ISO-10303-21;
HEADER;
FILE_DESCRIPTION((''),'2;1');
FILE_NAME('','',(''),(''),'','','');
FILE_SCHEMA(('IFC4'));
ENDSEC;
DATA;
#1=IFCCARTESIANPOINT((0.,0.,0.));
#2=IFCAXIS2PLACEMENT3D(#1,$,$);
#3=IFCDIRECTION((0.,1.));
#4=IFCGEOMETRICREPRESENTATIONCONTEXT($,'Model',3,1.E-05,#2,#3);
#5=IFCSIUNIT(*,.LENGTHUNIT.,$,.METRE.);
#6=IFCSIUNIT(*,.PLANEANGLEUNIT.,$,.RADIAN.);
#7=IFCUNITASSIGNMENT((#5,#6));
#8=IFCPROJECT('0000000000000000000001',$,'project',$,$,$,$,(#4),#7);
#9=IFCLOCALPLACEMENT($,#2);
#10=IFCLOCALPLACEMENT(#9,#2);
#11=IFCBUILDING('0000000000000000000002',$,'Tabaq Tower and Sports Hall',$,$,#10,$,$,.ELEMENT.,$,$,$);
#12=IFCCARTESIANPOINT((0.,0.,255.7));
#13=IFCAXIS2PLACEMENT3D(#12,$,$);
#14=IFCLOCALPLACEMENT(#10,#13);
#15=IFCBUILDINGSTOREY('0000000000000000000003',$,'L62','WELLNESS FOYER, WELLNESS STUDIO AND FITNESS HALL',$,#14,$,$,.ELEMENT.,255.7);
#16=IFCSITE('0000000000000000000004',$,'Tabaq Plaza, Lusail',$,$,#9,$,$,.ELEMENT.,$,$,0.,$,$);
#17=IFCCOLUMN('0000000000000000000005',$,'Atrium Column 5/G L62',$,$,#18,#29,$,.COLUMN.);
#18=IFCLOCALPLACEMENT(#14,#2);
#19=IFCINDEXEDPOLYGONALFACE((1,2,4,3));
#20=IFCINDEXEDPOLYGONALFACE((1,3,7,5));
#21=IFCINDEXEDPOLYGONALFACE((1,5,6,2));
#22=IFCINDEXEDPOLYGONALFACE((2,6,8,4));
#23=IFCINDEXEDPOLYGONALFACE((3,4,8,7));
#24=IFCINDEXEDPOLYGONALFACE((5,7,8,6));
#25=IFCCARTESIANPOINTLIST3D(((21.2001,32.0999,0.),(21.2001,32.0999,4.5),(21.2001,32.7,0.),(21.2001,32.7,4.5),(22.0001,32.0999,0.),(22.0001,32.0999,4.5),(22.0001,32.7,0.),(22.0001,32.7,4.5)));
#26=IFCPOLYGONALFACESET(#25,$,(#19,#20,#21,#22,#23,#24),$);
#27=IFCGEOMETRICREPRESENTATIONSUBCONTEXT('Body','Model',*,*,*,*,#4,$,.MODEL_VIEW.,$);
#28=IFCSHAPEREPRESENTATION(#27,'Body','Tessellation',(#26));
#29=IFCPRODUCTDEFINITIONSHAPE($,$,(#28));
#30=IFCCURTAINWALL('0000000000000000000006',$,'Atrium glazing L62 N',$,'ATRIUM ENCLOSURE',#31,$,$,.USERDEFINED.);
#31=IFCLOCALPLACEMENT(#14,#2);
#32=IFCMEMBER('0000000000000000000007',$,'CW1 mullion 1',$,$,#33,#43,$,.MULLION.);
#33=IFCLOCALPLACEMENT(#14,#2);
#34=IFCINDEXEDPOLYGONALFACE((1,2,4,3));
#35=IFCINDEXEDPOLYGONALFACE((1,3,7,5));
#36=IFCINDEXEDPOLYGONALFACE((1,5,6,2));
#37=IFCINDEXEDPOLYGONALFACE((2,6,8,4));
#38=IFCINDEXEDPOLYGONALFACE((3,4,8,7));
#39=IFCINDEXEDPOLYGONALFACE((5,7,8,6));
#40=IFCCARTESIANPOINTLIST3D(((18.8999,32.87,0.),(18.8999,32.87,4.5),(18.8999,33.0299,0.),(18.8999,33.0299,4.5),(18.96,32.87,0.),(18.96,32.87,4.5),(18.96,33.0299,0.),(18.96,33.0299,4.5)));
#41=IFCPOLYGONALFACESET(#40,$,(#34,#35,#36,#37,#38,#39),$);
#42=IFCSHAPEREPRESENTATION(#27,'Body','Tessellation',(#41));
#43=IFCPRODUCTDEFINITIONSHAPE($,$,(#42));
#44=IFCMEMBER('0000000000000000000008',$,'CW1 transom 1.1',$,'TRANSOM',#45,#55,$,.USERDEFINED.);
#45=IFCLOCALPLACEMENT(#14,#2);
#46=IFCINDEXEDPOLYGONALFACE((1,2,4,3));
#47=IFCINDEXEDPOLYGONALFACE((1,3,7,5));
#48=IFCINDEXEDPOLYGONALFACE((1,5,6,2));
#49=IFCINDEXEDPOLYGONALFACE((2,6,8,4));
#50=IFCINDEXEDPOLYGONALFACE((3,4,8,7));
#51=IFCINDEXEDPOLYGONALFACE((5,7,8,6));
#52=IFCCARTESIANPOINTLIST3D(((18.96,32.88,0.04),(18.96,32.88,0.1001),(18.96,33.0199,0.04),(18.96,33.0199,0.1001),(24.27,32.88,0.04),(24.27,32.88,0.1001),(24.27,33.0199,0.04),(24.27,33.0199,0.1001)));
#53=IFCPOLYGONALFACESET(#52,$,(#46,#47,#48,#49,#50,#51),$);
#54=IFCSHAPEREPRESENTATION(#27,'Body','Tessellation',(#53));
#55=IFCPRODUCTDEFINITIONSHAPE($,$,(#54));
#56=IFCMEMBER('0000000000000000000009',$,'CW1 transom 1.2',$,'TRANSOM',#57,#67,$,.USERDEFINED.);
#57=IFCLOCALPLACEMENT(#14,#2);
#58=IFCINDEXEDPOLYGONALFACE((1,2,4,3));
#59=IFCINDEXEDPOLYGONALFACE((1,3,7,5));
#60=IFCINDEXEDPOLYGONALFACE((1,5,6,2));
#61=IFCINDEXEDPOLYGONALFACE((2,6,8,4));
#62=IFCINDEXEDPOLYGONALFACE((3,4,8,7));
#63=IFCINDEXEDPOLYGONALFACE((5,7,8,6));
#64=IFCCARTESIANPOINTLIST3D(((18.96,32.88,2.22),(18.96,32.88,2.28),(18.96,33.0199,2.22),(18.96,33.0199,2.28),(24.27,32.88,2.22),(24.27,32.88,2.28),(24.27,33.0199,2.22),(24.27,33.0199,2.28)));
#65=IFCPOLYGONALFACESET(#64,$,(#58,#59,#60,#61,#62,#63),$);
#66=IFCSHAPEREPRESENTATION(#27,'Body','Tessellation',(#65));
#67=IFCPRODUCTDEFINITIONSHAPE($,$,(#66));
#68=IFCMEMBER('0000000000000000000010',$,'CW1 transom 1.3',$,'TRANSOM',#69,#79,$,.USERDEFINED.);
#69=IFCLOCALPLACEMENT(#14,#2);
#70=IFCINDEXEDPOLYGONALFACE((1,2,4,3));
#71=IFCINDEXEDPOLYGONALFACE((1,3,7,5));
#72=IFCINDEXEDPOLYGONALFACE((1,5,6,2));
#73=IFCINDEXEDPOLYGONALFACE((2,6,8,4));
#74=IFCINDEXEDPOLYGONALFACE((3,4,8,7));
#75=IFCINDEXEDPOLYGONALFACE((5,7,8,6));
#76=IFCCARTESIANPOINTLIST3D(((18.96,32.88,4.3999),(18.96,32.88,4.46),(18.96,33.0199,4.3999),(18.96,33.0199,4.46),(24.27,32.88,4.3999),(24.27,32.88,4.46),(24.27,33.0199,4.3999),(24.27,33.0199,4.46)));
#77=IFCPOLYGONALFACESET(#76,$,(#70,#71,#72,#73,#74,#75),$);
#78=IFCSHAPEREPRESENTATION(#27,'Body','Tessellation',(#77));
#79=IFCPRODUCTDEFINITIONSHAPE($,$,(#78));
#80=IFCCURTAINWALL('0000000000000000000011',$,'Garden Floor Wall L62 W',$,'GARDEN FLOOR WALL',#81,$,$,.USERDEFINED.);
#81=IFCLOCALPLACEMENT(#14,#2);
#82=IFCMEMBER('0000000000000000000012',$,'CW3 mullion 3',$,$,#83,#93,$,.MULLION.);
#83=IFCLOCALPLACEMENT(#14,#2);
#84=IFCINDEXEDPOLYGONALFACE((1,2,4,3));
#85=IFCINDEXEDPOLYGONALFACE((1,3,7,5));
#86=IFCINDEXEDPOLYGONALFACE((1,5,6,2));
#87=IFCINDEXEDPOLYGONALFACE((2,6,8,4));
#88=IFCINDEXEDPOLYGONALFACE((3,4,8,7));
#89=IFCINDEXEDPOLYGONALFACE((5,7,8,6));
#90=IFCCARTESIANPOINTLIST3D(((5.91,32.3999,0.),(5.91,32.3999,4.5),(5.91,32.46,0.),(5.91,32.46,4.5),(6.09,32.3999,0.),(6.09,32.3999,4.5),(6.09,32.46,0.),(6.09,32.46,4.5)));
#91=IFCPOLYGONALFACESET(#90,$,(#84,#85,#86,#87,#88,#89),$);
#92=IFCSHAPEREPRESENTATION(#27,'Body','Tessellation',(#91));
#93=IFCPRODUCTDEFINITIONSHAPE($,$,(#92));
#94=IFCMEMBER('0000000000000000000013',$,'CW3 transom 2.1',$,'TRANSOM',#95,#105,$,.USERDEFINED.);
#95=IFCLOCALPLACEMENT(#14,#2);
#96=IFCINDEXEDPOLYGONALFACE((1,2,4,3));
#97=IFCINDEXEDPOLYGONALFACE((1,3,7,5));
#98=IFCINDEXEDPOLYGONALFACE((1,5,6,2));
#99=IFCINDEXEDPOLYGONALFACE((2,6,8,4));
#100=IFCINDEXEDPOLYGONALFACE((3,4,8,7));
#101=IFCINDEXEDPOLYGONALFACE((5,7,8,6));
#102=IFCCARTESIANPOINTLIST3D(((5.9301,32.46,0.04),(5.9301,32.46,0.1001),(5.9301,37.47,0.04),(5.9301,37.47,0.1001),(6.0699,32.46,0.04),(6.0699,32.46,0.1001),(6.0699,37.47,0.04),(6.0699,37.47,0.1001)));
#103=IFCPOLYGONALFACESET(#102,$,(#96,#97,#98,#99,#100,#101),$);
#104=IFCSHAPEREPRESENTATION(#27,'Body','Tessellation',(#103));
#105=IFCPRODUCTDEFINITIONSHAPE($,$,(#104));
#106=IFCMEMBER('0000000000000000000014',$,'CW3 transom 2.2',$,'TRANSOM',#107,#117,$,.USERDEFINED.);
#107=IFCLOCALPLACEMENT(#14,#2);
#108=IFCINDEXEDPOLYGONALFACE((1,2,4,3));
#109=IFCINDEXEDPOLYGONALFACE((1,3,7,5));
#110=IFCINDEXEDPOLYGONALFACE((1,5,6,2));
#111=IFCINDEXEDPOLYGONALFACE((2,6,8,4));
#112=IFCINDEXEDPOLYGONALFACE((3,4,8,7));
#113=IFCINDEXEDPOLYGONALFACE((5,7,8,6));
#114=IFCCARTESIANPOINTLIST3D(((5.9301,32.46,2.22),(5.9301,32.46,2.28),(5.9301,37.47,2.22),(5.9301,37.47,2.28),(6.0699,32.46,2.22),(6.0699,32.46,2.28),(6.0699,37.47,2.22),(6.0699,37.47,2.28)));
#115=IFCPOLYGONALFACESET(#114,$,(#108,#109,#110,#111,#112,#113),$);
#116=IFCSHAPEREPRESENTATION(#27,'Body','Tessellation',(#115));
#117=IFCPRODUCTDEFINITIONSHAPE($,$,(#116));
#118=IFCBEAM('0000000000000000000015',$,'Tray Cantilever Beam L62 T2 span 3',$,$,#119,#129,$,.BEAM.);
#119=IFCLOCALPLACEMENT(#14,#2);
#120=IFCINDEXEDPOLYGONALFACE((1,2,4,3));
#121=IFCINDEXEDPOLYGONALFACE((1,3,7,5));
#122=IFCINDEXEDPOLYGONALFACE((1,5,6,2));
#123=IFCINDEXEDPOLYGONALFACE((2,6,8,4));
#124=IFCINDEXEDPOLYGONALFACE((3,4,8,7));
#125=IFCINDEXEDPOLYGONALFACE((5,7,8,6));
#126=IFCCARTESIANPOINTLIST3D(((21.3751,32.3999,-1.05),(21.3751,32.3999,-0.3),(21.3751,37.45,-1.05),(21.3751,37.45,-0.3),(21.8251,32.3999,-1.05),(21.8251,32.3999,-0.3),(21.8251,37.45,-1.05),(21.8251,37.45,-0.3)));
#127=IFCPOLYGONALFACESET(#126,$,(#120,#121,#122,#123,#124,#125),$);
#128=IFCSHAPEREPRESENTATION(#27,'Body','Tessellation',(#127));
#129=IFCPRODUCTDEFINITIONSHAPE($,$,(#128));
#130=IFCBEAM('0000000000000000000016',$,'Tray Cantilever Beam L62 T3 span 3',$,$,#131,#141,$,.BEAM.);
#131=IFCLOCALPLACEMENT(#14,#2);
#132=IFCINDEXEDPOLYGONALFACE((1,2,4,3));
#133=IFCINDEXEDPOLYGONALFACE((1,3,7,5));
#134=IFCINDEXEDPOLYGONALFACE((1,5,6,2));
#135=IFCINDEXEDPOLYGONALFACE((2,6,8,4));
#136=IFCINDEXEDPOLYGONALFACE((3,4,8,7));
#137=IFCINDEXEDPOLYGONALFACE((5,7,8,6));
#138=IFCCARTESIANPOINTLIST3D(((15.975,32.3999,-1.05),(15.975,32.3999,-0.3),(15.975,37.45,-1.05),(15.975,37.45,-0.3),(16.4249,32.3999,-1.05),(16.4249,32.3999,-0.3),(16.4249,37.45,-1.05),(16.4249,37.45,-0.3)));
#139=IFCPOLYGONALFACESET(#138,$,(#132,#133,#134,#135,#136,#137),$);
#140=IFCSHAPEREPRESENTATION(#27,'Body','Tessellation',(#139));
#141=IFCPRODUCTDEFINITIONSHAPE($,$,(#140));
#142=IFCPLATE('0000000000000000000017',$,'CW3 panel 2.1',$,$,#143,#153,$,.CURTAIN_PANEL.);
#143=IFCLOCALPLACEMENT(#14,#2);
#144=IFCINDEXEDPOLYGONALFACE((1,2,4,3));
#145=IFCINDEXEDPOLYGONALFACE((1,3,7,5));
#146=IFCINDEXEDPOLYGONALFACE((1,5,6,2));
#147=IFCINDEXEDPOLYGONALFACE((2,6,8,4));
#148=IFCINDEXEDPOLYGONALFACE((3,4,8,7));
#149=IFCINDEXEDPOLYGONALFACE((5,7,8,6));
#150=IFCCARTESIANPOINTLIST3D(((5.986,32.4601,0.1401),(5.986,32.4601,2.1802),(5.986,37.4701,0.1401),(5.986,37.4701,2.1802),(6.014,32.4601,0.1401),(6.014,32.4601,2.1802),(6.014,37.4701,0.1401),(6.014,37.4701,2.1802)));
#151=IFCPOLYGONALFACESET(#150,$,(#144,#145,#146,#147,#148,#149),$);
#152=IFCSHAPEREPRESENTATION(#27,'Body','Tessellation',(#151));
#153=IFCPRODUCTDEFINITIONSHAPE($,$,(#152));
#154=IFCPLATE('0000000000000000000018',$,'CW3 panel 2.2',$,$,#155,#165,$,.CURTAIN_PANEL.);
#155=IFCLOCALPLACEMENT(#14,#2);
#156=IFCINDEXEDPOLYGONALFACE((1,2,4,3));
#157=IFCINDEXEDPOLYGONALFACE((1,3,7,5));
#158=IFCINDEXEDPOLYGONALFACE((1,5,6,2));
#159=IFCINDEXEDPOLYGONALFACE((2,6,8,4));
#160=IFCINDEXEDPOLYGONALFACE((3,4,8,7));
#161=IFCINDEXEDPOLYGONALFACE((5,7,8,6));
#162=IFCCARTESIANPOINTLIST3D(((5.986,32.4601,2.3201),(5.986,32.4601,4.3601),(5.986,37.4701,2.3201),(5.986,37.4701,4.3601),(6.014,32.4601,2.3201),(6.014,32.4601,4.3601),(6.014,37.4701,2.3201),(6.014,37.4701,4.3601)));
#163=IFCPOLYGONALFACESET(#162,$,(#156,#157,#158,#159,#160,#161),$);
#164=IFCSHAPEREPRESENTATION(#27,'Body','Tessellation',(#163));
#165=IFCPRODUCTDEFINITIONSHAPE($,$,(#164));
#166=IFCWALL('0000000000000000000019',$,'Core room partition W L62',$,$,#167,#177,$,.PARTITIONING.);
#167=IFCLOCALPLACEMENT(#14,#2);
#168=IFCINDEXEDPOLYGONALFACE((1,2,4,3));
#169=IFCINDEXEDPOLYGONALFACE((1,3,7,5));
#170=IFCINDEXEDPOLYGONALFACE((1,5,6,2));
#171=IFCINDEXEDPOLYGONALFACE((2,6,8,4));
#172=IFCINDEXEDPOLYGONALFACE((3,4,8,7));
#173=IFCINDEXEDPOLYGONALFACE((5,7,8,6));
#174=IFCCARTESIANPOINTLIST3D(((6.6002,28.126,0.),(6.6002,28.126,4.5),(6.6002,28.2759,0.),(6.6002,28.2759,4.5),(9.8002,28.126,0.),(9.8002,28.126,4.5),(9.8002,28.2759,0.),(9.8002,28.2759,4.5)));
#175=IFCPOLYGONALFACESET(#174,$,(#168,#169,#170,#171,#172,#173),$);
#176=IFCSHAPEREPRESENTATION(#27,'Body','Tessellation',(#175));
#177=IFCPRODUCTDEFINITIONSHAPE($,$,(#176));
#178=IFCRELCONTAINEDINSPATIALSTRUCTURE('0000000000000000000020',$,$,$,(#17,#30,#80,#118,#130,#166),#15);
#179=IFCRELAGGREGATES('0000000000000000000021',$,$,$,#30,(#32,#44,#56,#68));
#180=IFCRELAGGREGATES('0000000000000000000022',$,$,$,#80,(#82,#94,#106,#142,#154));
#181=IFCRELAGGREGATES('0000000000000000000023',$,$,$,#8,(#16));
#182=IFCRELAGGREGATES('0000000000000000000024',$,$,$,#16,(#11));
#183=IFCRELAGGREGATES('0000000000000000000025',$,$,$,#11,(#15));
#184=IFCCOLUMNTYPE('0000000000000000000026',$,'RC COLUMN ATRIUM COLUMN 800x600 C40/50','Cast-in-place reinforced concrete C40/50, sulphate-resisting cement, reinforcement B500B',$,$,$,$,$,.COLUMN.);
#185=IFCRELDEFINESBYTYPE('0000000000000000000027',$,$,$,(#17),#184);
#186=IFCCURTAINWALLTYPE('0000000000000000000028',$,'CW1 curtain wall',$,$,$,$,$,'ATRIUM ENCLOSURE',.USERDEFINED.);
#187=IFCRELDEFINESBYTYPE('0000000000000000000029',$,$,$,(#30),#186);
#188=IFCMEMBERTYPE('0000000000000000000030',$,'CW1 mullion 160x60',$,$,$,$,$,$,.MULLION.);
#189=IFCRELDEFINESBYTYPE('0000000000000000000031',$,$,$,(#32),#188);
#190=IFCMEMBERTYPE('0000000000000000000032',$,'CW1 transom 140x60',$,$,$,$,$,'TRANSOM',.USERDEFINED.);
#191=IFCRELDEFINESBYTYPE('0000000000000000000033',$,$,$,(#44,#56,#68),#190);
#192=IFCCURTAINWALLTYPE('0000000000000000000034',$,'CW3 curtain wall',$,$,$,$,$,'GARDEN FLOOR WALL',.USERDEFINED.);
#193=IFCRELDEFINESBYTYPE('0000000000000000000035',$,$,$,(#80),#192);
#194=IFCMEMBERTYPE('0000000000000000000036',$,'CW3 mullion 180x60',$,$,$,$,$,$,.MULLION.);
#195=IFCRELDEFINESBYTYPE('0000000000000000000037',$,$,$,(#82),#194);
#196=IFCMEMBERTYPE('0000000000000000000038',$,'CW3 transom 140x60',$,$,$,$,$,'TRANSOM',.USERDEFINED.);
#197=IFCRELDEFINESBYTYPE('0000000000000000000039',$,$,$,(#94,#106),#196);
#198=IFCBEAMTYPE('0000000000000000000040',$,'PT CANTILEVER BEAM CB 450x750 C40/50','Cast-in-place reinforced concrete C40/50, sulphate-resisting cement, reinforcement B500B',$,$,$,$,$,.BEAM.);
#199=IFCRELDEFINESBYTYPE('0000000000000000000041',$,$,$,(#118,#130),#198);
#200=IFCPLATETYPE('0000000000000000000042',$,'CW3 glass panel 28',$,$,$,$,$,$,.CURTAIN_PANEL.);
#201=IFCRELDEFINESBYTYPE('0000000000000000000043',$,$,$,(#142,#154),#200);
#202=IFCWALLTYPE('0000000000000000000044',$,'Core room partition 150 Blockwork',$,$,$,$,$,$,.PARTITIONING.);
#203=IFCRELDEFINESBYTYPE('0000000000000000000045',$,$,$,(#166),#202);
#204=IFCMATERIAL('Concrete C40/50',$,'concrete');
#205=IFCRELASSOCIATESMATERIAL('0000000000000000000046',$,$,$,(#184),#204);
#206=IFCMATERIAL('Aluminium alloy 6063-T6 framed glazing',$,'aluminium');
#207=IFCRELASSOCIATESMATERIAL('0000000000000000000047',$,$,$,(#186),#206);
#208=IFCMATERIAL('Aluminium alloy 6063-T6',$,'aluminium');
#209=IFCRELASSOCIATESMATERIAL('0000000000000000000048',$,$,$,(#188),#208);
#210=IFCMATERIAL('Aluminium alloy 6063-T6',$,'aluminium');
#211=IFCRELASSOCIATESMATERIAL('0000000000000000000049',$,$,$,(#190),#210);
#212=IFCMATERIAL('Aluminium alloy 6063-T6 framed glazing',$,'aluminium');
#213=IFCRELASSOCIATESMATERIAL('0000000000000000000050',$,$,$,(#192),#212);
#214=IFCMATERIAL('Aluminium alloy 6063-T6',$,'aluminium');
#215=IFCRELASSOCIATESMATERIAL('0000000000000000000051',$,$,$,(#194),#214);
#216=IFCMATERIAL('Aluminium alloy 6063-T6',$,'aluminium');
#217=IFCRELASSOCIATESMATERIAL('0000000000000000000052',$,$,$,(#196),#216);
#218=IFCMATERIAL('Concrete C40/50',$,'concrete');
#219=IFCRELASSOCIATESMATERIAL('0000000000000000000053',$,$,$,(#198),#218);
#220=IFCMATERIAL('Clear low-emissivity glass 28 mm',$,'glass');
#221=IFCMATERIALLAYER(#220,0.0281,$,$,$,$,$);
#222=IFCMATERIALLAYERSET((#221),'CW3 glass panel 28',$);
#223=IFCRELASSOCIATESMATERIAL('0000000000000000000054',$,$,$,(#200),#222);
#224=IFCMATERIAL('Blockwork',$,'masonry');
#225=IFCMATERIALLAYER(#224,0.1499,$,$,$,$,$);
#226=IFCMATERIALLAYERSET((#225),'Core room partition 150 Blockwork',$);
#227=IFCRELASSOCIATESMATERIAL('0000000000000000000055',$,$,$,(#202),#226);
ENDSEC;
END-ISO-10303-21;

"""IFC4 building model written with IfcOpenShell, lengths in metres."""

from ifc_helpers import new_model, si_unit, direction, frame, frame_2d, origin, origin_2d, place, context, subcontext, project, spatial, rectangle, extrude, material, layer, layer_set, material_profile, profile_set, type_object, element, aggregate, save


model = new_model("IFC4")

# Units and contexts
model_context = context("Model", 3, precision=1e-05, world=origin(), true_north=direction((0.0, 1.0)))
body_context = subcontext(model_context, "Body", "Model", "MODEL_VIEW")
ifc_project = project(units=[si_unit("LENGTHUNIT", "METRE"), si_unit("PLANEANGLEUNIT", "RADIAN")], contexts=[model_context])

# Site, building, storey
site_placement = place(None, origin())
site = spatial("IfcSite", under=ifc_project, at=site_placement, Name="Tabaq Plaza, Lusail", CompositionType="ELEMENT", RefElevation=0.0)
building_placement = place(site_placement, origin())
building = spatial("IfcBuilding", under=site, at=building_placement, Name="Tabaq Tower and Sports Hall", CompositionType="ELEMENT")
storey_placement = place(building_placement, frame((0.0, 0.0, 255.7)))
storey = spatial("IfcBuildingStorey", under=building, at=storey_placement, Name="L62", Description="WELLNESS FOYER, WELLNESS STUDIO AND FITNESS HALL", CompositionType="ELEMENT", Elevation=255.7)

# Column
ifc_material_1 = material(Name="Concrete C40/50", Category="concrete")
ifc_material_profile_1 = material_profile(ifc_material_1, rectangle(XDim=0.8, YDim=0.6001, at=origin_2d()), Name="ATRIUM COLUMN 800x600")
ifc_profile_set_1 = profile_set([ifc_material_profile_1], Name="Concrete C40/50")
column_type = type_object("IfcColumnType", Name="RC COLUMN ATRIUM COLUMN 800x600 C40/50", Description="Cast-in-place reinforced concrete C40/50, sulphate-resisting cement, reinforcement B500B", PredefinedType="COLUMN", material=ifc_profile_set_1)
column_placement = place(storey_placement, frame((21.6001, 32.3999, 0.0), z_axis=(0.0, 0.0, 1.0), x_axis=(1.0, 0.0, 0.0)))
element("IfcColumn", 1, at=column_placement, inside=storey, type_object=column_type, Name="Atrium Column 5/G L62", PredefinedType="COLUMN", context=body_context, shape_type="SweptSolid", body=[
    extrude(rectangle(XDim=0.8, YDim=0.6001, at=origin_2d()), origin(), (0.0, 0.0, 1.0), 4.5),
])

# Curtain walls, members
ifc_material_2 = material(Name="Aluminium alloy 6063-T6 framed glazing", Category="aluminium")
curtain_wall_type_1 = type_object("IfcCurtainWallType", Name="CW1 curtain wall", ElementType="ATRIUM ENCLOSURE", PredefinedType="USERDEFINED", material=ifc_material_2)
curtain_wall_1_placement = place(storey_placement, origin())
curtain_wall_1 = element("IfcCurtainWall", 2, at=curtain_wall_1_placement, inside=storey, type_object=curtain_wall_type_1, Name="Atrium glazing L62 N", ObjectType="ATRIUM ENCLOSURE", PredefinedType="USERDEFINED")
ifc_material_3 = material(Name="Aluminium alloy 6063-T6", Category="aluminium")
ifc_material_profile_2 = material_profile(ifc_material_3, rectangle(XDim=0.1599, YDim=0.0601, at=origin_2d()), Name="MULLION 160x60")
ifc_profile_set_2 = profile_set([ifc_material_profile_2], Name="Aluminium alloy 6063-T6")
member_type_1 = type_object("IfcMemberType", Name="CW1 mullion 160x60", PredefinedType="MULLION", material=ifc_profile_set_2)
member_1_placement = place(storey_placement, frame((18.9299, 32.95, 0.0), z_axis=(0.0, 0.0, 1.0), x_axis=(0.0, 1.0, 0.0)))
member_1 = element("IfcMember", 3, at=member_1_placement, type_object=member_type_1, Name="CW1 mullion 1", PredefinedType="MULLION", context=body_context, shape_type="SweptSolid", body=[
    extrude(rectangle(XDim=0.1599, YDim=0.0601, at=origin_2d()), origin(), (0.0, 0.0, 1.0), 4.5),
])
ifc_material_4 = material(Name="Aluminium alloy 6063-T6", Category="aluminium")
ifc_material_profile_3 = material_profile(ifc_material_4, rectangle(XDim=0.1399, YDim=0.0601, at=origin_2d()), Name="TRANSOM 140x60")
ifc_profile_set_3 = profile_set([ifc_material_profile_3], Name="Aluminium alloy 6063-T6")
member_type_2 = type_object("IfcMemberType", Name="CW1 transom 140x60", ElementType="TRANSOM", PredefinedType="USERDEFINED", material=ifc_profile_set_3)
member_2_placement = place(storey_placement, frame((18.96, 32.95, 0.0701), z_axis=(1.0, 0.0, 0.0), x_axis=(0.0, 1.0, 0.0)))
member_2 = element("IfcMember", 4, at=member_2_placement, type_object=member_type_2, Name="CW1 transom 1.1", ObjectType="TRANSOM", PredefinedType="USERDEFINED", context=body_context, shape_type="SweptSolid", body=[
    extrude(rectangle(XDim=0.1399, YDim=0.0601, at=origin_2d()), origin(), (0.0, 0.0, 1.0), 5.3101),
])
member_3_placement = place(storey_placement, frame((18.96, 32.95, 2.25), z_axis=(1.0, 0.0, 0.0), x_axis=(0.0, 1.0, 0.0)))
member_3 = element("IfcMember", 5, at=member_3_placement, type_object=member_type_2, Name="CW1 transom 1.2", ObjectType="TRANSOM", PredefinedType="USERDEFINED", context=body_context, shape_type="SweptSolid", body=[
    extrude(rectangle(XDim=0.1399, YDim=0.0601, at=origin_2d()), origin(), (0.0, 0.0, 1.0), 5.3101),
])
member_4_placement = place(storey_placement, frame((18.96, 32.95, 4.4299), z_axis=(1.0, 0.0, 0.0), x_axis=(0.0, 1.0, 0.0)))
member_4 = element("IfcMember", 6, at=member_4_placement, type_object=member_type_2, Name="CW1 transom 1.3", ObjectType="TRANSOM", PredefinedType="USERDEFINED", context=body_context, shape_type="SweptSolid", body=[
    extrude(rectangle(XDim=0.1399, YDim=0.0601, at=origin_2d()), origin(), (0.0, 0.0, 1.0), 5.3101),
])
aggregate(curtain_wall_1, [member_1, member_2, member_3, member_4])
ifc_material_5 = material(Name="Aluminium alloy 6063-T6 framed glazing", Category="aluminium")
curtain_wall_type_2 = type_object("IfcCurtainWallType", Name="CW3 curtain wall", ElementType="GARDEN FLOOR WALL", PredefinedType="USERDEFINED", material=ifc_material_5)
curtain_wall_2_placement = place(storey_placement, origin())
curtain_wall_2 = element("IfcCurtainWall", 7, at=curtain_wall_2_placement, inside=storey, type_object=curtain_wall_type_2, Name="Garden Floor Wall L62 W", ObjectType="GARDEN FLOOR WALL", PredefinedType="USERDEFINED")
ifc_material_6 = material(Name="Aluminium alloy 6063-T6", Category="aluminium")
ifc_material_profile_4 = material_profile(ifc_material_6, rectangle(XDim=0.1799, YDim=0.0601, at=origin_2d()), Name="MULLION 180x60")
ifc_profile_set_4 = profile_set([ifc_material_profile_4], Name="Aluminium alloy 6063-T6")
member_type_3 = type_object("IfcMemberType", Name="CW3 mullion 180x60", PredefinedType="MULLION", material=ifc_profile_set_4)
member_5_placement = place(storey_placement, frame((6.0, 32.4299, 0.0), z_axis=(0.0, 0.0, 1.0), x_axis=(1.0, 0.0, 0.0)))
member_5 = element("IfcMember", 8, at=member_5_placement, type_object=member_type_3, Name="CW3 mullion 3", PredefinedType="MULLION", context=body_context, shape_type="SweptSolid", body=[
    extrude(rectangle(XDim=0.1799, YDim=0.0601, at=origin_2d()), origin(), (0.0, 0.0, 1.0), 4.5),
])
ifc_material_7 = material(Name="Aluminium alloy 6063-T6", Category="aluminium")
ifc_material_profile_5 = material_profile(ifc_material_7, rectangle(XDim=0.1399, YDim=0.0601, at=origin_2d()), Name="TRANSOM 140x60")
ifc_profile_set_5 = profile_set([ifc_material_profile_5], Name="Aluminium alloy 6063-T6")
member_type_4 = type_object("IfcMemberType", Name="CW3 transom 140x60", ElementType="TRANSOM", PredefinedType="USERDEFINED", material=ifc_profile_set_5)
member_6_placement = place(storey_placement, frame((6.0, 37.47, 0.0701), z_axis=(0.0, -1.0, 0.0), x_axis=(1.0, 0.0, 0.0)))
member_6 = element("IfcMember", 9, at=member_6_placement, type_object=member_type_4, Name="CW3 transom 2.1", ObjectType="TRANSOM", PredefinedType="USERDEFINED", context=body_context, shape_type="SweptSolid", body=[
    extrude(rectangle(XDim=0.1399, YDim=0.0601, at=origin_2d()), origin(), (0.0, 0.0, 1.0), 5.01),
])
member_7_placement = place(storey_placement, frame((6.0, 37.47, 2.25), z_axis=(0.0, -1.0, 0.0), x_axis=(1.0, 0.0, 0.0)))
member_7 = element("IfcMember", 10, at=member_7_placement, type_object=member_type_4, Name="CW3 transom 2.2", ObjectType="TRANSOM", PredefinedType="USERDEFINED", context=body_context, shape_type="SweptSolid", body=[
    extrude(rectangle(XDim=0.1399, YDim=0.0601, at=origin_2d()), origin(), (0.0, 0.0, 1.0), 5.01),
])

# Beams
ifc_material_8 = material(Name="Concrete C40/50", Category="concrete")
ifc_material_profile_6 = material_profile(ifc_material_8, rectangle(XDim=0.45, YDim=0.75, at=origin_2d()), Name="CB 450x750")
ifc_profile_set_6 = profile_set([ifc_material_profile_6], Name="Concrete C40/50")
beam_type = type_object("IfcBeamType", Name="PT CANTILEVER BEAM CB 450x750 C40/50", Description="Cast-in-place reinforced concrete C40/50, sulphate-resisting cement, reinforcement B500B", PredefinedType="BEAM", material=ifc_profile_set_6)
for number, where, z_axis, x_axis, name in (
    (11, (21.6001, 37.45, -0.675), (0.0, -1.0, 0.0), (1.0, 0.0, 0.0), "Tray Cantilever Beam L62 T2 span 3"),
    (12, (16.2, 37.45, -0.675), (0.0, -1.0, 0.0), (1.0, 0.0, 0.0), "Tray Cantilever Beam L62 T3 span 3"),
):
    element("IfcBeam", number, at=place(storey_placement, frame(where, z_axis=z_axis, x_axis=x_axis)), inside=storey, type_object=beam_type, Name=name, PredefinedType="BEAM", context=body_context, shape_type="SweptSolid", body=[
        extrude(rectangle(XDim=0.45, YDim=0.75, at=origin_2d()), origin(), (0.0, 0.0, 1.0), 5.05),
    ])

# Plates
ifc_material_9 = material(Name="Clear low-emissivity glass 28 mm", Category="glass")
ifc_layer_1 = layer(ifc_material_9, 0.0281)
ifc_layer_set_1 = layer_set([ifc_layer_1], Name="CW3 glass panel 28")
plate_type = type_object("IfcPlateType", Name="CW3 glass panel 28", PredefinedType="CURTAIN_PANEL", material=ifc_layer_set_1)
plate_1_placement = place(storey_placement, frame((6.0, 34.9651, 0.1401), z_axis=(0.0, 0.0, 1.0), x_axis=(0.0, -1.0, 0.0)))
plate_1 = element("IfcPlate", 13, at=plate_1_placement, type_object=plate_type, Name="CW3 panel 2.1", PredefinedType="CURTAIN_PANEL", context=body_context, shape_type="SweptSolid", body=[
    extrude(rectangle(XDim=5.01, YDim=0.0281, at=origin_2d()), origin(), (0.0, 0.0, 1.0), 2.04),
])
plate_2_placement = place(storey_placement, frame((6.0, 34.9651, 2.3201), z_axis=(0.0, 0.0, 1.0), x_axis=(0.0, -1.0, 0.0)))
plate_2 = element("IfcPlate", 14, at=plate_2_placement, type_object=plate_type, Name="CW3 panel 2.2", PredefinedType="CURTAIN_PANEL", context=body_context, shape_type="SweptSolid", body=[
    extrude(rectangle(XDim=5.01, YDim=0.0281, at=origin_2d()), origin(), (0.0, 0.0, 1.0), 2.04),
])
aggregate(curtain_wall_2, [member_5, member_6, member_7, plate_1, plate_2])

# Wall
ifc_material_10 = material(Name="Blockwork", Category="masonry")
ifc_layer_2 = layer(ifc_material_10, 0.1499)
ifc_layer_set_2 = layer_set([ifc_layer_2], Name="Core room partition 150 Blockwork")
wall_type_1 = type_object("IfcWallType", Name="Core room partition 150 Blockwork", PredefinedType="PARTITIONING", material=ifc_layer_set_2)
for number, where, z_axis, x_axis, name in (
    (15, (6.6001, 28.2009, 0.0), (0.0, 0.0, 1.0), (1.0, 0.0, 0.0), "Core room partition W L62"),
):
    element("IfcWall", number, at=place(storey_placement, frame(where, z_axis=z_axis, x_axis=x_axis)), inside=storey, type_object=wall_type_1, Name=name, PredefinedType="PARTITIONING", context=body_context, shape_type="SweptSolid", body=[
        extrude(rectangle(XDim=3.2, YDim=0.1499, at=frame_2d((1.6001, 0.0))), origin(), (0.0, 0.0, 1.0), 4.5),
    ])

save(model, "model.ifc")
